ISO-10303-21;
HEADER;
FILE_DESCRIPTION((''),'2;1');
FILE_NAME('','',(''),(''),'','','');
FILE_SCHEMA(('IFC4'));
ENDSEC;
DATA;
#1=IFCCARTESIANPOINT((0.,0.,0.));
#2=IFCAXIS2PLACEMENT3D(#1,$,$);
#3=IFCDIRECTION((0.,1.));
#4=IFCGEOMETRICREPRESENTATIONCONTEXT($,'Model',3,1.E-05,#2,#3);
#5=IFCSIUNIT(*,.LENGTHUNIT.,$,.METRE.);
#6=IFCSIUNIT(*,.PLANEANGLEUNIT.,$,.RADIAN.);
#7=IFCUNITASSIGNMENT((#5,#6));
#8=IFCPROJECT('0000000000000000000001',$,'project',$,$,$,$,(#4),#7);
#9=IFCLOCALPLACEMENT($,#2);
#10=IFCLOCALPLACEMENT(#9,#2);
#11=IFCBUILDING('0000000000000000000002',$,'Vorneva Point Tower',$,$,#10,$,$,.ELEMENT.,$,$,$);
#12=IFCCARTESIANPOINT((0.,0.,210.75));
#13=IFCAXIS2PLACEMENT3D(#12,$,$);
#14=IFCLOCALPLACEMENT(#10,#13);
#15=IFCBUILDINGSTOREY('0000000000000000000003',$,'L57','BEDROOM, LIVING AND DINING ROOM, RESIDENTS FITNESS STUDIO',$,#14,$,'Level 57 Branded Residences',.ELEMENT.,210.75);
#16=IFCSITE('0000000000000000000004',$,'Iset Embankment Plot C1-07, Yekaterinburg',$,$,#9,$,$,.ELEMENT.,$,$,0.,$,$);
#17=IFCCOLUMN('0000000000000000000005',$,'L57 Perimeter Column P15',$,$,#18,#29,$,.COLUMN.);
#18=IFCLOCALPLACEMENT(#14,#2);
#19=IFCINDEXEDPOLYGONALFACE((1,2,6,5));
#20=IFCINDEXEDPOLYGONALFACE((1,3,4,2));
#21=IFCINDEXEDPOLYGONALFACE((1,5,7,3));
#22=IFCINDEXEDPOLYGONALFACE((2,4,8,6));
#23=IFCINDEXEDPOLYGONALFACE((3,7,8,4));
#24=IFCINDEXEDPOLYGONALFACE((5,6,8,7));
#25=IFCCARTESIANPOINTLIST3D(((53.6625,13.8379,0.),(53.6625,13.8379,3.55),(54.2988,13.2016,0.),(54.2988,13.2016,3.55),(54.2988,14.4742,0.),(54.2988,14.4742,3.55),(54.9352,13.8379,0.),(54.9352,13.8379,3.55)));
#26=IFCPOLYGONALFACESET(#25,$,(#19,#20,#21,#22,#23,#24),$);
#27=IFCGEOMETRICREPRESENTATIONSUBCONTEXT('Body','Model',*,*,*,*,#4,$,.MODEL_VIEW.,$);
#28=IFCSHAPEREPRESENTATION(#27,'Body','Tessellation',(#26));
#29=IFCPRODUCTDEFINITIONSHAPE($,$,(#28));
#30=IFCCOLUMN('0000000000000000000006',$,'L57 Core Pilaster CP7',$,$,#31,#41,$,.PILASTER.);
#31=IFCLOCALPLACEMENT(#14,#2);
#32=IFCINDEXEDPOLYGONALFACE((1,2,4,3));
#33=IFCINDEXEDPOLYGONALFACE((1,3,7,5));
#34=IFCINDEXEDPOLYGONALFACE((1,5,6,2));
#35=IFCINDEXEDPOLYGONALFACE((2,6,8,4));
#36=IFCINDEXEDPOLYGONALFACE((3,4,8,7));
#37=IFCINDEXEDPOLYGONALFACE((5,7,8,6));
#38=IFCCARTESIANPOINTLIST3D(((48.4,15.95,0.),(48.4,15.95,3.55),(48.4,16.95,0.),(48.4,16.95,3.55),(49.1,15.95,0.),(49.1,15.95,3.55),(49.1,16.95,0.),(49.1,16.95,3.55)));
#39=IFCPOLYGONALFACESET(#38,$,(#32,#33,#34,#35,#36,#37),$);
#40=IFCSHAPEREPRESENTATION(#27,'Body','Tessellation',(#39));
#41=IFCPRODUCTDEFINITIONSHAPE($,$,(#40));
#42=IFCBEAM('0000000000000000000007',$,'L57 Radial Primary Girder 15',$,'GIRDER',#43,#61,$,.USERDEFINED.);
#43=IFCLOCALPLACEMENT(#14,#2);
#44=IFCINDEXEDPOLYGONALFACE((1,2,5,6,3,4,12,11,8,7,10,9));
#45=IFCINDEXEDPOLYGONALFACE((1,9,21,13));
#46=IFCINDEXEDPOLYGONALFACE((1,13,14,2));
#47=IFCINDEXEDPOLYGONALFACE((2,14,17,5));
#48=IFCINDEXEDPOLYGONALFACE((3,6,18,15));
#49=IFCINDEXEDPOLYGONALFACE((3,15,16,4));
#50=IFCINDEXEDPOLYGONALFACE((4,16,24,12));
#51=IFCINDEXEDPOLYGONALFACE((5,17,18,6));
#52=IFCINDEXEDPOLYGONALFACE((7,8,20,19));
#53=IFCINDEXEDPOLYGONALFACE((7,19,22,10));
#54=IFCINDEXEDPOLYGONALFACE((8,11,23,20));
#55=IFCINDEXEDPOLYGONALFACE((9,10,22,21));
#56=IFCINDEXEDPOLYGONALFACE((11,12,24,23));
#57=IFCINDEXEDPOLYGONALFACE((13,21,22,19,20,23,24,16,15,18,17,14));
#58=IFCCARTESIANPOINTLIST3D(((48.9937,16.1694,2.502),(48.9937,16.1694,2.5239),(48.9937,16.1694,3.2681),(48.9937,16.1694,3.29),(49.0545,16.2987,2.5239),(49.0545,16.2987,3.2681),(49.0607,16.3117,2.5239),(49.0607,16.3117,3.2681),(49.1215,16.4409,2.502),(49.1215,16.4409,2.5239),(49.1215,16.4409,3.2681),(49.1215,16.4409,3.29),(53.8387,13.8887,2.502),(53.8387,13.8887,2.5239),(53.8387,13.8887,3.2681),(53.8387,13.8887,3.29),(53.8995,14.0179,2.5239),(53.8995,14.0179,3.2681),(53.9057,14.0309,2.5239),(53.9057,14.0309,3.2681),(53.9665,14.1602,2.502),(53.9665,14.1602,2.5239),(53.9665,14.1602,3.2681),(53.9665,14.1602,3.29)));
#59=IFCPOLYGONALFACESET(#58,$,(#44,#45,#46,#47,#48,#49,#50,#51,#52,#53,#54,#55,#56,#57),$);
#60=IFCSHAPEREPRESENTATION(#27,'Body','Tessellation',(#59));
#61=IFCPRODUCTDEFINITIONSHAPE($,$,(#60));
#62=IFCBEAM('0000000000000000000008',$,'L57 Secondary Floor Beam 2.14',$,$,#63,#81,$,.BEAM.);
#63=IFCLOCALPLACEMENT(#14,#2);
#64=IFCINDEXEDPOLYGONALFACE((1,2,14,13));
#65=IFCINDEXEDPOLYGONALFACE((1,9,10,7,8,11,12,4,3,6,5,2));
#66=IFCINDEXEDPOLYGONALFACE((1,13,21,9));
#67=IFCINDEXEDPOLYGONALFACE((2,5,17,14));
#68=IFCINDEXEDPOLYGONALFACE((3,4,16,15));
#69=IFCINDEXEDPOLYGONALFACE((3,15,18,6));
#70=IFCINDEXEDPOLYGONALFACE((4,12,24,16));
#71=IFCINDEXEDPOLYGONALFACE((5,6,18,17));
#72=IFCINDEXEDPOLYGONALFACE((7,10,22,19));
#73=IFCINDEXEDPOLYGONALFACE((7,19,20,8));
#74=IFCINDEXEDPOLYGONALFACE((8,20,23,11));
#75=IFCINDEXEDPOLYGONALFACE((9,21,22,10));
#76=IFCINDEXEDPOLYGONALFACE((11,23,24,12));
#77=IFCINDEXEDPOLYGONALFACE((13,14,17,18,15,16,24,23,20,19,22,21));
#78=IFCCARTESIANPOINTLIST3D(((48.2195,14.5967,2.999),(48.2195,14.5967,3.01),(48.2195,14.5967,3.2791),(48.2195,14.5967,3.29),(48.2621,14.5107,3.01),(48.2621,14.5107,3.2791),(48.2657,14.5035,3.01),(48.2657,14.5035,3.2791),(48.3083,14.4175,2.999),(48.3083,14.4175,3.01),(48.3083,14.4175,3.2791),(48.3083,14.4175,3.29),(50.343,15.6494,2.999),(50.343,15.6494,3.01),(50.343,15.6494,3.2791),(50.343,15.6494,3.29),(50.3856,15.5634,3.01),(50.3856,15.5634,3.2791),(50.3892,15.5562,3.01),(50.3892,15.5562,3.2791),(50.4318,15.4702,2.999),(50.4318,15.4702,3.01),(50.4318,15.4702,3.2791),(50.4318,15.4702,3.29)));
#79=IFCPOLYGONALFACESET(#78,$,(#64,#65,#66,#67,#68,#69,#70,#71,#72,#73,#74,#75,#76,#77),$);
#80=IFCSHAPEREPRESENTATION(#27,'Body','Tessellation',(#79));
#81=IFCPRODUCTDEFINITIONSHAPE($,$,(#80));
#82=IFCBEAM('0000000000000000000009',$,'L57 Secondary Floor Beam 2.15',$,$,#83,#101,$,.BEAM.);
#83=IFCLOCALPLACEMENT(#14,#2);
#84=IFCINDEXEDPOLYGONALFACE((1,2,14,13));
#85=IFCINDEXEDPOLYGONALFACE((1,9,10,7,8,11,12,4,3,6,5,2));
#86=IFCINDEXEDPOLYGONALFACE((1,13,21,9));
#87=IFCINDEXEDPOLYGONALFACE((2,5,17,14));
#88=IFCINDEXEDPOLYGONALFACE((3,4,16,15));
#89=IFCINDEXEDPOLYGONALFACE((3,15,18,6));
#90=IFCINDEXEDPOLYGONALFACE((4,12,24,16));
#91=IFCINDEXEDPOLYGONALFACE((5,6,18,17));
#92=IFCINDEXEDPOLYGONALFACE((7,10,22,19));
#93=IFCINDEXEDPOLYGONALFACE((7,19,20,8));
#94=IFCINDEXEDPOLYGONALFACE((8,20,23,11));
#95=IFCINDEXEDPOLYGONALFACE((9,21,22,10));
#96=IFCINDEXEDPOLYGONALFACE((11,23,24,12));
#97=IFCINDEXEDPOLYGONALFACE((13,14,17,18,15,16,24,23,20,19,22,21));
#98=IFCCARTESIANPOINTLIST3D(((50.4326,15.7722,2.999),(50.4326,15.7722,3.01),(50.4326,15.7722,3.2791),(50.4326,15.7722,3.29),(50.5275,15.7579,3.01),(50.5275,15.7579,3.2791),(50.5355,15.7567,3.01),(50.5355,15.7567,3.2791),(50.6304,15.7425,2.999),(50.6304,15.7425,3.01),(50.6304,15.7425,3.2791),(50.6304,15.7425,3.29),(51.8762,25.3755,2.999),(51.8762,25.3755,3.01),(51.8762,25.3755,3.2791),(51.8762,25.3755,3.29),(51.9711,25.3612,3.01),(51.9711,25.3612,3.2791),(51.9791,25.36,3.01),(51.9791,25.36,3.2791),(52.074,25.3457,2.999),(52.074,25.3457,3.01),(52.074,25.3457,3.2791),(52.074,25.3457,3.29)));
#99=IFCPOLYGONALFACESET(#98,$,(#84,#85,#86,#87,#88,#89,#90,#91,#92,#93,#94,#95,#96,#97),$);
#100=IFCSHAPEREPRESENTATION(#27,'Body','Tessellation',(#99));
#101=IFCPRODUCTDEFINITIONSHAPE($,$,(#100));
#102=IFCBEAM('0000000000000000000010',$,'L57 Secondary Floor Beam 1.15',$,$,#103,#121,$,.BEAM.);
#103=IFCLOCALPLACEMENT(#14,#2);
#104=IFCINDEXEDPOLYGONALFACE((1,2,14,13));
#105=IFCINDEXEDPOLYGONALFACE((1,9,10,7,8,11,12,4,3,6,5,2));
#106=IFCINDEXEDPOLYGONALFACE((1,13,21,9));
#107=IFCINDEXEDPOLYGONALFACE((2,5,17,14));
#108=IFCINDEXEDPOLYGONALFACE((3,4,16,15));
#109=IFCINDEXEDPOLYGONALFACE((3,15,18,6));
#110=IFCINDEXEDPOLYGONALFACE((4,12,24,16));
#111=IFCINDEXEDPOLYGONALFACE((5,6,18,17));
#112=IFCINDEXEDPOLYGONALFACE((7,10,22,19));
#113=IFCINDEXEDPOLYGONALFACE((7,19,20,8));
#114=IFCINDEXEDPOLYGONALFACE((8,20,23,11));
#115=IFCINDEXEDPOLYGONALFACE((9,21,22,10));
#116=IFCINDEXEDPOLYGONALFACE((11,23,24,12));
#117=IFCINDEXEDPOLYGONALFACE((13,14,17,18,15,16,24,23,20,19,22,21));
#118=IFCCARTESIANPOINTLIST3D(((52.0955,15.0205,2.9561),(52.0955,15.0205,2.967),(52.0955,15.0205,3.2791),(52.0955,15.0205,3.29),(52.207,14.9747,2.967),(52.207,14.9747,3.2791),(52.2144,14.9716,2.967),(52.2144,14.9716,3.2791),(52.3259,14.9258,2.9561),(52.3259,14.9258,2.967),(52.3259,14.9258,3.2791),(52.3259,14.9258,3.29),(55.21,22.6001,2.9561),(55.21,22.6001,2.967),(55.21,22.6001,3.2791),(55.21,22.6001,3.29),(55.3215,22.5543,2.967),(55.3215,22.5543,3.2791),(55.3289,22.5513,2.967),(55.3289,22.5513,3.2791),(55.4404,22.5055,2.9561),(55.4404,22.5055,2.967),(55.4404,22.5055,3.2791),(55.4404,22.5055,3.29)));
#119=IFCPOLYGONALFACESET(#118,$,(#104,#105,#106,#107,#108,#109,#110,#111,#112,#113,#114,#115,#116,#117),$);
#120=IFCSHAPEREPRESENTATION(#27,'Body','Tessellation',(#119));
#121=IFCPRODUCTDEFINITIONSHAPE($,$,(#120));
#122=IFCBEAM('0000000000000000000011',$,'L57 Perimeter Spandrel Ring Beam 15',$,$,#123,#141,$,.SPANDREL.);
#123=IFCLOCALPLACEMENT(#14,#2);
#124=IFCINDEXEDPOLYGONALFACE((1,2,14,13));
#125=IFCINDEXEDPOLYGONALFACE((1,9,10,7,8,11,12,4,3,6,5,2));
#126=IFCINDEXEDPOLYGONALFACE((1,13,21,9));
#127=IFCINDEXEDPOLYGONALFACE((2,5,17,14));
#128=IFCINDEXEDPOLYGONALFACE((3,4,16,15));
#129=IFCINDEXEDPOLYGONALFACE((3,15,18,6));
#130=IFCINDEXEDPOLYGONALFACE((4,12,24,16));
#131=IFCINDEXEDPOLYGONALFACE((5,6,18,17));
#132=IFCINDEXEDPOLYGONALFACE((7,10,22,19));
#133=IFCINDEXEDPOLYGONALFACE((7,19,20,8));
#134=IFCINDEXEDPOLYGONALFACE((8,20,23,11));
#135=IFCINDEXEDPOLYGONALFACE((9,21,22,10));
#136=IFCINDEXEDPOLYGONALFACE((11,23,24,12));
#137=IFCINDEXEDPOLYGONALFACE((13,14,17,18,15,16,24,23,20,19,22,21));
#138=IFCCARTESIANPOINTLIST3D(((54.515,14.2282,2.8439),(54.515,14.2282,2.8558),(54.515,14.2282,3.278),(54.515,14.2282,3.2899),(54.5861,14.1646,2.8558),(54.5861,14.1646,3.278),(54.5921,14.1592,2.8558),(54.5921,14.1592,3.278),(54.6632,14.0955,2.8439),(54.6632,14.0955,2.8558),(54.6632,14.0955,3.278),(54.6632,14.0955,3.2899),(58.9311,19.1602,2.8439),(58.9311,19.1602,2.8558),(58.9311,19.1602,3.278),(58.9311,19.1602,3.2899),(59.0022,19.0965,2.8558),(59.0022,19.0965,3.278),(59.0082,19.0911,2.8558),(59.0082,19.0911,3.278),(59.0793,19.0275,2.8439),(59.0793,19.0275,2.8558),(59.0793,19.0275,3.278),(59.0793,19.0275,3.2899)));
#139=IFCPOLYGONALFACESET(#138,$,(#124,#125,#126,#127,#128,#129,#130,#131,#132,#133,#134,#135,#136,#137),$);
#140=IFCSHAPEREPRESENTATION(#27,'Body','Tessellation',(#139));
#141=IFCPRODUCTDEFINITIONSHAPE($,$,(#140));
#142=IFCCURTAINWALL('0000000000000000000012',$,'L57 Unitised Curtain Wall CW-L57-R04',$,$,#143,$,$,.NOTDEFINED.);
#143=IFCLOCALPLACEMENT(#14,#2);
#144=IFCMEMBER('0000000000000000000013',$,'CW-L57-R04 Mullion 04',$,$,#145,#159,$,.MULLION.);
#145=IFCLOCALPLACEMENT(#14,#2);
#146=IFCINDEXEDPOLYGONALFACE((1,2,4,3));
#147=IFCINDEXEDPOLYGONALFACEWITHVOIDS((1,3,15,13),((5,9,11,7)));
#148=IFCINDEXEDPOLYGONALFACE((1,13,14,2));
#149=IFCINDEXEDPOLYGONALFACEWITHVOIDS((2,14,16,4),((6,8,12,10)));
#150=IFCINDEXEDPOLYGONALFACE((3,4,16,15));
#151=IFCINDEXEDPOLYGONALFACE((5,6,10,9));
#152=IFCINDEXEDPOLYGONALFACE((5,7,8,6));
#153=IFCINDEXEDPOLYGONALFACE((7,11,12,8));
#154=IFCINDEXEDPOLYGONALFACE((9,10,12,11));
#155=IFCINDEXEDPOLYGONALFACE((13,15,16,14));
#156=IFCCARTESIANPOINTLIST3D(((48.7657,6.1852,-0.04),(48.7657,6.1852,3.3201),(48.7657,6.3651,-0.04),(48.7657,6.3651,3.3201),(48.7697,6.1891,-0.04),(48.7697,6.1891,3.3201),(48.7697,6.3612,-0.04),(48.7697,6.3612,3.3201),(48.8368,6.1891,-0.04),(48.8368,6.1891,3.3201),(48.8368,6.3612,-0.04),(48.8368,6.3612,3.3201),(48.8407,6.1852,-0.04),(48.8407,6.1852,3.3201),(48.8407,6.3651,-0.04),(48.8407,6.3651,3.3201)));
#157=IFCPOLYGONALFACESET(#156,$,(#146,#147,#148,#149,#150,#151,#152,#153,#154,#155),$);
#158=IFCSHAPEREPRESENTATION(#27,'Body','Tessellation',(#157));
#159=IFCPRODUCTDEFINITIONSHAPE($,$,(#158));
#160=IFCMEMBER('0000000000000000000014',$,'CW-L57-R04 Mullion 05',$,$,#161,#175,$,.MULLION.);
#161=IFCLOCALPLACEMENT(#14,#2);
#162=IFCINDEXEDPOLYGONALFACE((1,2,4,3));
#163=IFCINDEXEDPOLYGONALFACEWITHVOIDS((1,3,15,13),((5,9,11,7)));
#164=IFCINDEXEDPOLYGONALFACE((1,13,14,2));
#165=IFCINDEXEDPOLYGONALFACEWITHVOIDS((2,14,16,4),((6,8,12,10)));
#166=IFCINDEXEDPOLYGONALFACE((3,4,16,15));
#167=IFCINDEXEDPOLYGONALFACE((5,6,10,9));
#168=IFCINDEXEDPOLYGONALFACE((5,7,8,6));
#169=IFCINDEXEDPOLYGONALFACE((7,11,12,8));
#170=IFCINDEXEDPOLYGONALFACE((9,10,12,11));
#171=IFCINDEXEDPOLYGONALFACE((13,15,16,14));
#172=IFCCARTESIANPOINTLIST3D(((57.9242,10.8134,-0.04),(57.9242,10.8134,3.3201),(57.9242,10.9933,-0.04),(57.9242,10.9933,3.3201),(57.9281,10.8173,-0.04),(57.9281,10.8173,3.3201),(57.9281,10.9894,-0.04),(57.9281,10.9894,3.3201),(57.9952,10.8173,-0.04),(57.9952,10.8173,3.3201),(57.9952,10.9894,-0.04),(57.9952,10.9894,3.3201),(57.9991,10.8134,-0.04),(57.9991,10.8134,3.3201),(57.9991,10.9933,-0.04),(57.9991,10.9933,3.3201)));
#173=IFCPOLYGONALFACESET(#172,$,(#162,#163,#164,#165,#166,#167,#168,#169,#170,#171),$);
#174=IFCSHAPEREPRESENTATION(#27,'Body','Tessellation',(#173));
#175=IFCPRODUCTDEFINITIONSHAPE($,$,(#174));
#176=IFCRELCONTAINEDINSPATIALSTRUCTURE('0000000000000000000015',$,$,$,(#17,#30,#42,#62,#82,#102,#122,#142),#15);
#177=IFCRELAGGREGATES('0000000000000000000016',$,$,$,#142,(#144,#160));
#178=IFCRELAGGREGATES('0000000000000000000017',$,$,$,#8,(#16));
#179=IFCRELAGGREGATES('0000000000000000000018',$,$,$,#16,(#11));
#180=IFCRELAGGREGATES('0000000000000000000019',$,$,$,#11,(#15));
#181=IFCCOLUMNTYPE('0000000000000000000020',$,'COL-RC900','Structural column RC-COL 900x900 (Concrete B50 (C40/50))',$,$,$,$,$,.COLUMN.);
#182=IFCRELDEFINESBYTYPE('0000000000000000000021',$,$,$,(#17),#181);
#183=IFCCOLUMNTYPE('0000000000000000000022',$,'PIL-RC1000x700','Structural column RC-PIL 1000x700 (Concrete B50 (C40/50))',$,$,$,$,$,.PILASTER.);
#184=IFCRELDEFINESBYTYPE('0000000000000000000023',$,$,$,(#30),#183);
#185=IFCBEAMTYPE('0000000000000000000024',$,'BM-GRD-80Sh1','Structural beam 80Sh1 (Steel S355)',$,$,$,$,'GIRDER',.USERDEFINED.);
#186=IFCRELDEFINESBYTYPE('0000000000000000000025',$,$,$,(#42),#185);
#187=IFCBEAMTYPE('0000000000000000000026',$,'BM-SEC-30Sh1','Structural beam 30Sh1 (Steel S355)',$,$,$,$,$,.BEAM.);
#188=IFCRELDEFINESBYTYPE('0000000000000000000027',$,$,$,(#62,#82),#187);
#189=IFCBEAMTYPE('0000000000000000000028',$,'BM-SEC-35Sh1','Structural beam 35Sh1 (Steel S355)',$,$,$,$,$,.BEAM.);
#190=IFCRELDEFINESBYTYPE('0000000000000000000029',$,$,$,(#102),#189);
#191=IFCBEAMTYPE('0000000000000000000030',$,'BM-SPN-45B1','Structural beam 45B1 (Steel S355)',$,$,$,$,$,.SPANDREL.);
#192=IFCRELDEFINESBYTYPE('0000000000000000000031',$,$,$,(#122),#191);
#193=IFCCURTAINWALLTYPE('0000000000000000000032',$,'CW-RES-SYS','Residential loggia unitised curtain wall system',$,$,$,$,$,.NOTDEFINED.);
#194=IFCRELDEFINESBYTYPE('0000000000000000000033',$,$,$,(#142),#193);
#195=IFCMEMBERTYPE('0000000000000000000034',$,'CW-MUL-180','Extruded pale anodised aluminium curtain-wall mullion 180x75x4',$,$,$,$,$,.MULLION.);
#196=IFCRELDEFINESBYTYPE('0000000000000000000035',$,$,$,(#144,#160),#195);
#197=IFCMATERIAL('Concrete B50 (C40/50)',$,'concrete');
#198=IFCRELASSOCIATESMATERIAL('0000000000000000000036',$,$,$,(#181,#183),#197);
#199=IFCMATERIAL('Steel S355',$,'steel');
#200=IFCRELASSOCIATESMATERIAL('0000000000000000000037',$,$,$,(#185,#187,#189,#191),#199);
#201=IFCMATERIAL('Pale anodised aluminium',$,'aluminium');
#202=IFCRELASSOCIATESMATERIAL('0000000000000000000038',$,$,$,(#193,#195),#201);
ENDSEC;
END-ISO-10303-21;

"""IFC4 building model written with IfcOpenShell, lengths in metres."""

from ifc_helpers import new_model, si_unit, direction, frame, origin, origin_2d, place, context, subcontext, project, spatial, rectangle, hollow_rectangle, i_section, extrude, material, material_profile, profile_set, type_object, element, aggregate, save


model = new_model("IFC4")

# Units and contexts
model_context = context("Model", 3, precision=1e-05, world=origin(), true_north=direction((0.0, 1.0)))
body_context = subcontext(model_context, "Body", "Model", "MODEL_VIEW")
ifc_project = project(units=[si_unit("LENGTHUNIT", "METRE"), si_unit("PLANEANGLEUNIT", "RADIAN")], contexts=[model_context])

# Site, building, storey
site_placement = place(None, origin())
site = spatial("IfcSite", under=ifc_project, at=site_placement, Name="Iset Embankment Plot C1-07, Yekaterinburg", CompositionType="ELEMENT", RefElevation=0.0)
building_placement = place(site_placement, origin())
building = spatial("IfcBuilding", under=site, at=building_placement, Name="Vorneva Point Tower", CompositionType="ELEMENT")
storey_placement = place(building_placement, frame((0.0, 0.0, 210.75)))
storey = spatial("IfcBuildingStorey", under=building, at=storey_placement, Name="L57", Description="BEDROOM, LIVING AND DINING ROOM, RESIDENTS FITNESS STUDIO", LongName="Level 57 Branded Residences", CompositionType="ELEMENT", Elevation=210.75)

# Columns
ifc_material_1 = material(Name="Concrete B50 (C40/50)", Category="concrete")
ifc_material_profile_1 = material_profile(ifc_material_1, rectangle(XDim=0.8999, YDim=0.8999, at=origin_2d()), Name="RC-COL 900x900")
ifc_profile_set_1 = profile_set([ifc_material_profile_1], Name="Concrete B50 (C40/50)")
column_type_1 = type_object("IfcColumnType", Name="COL-RC900", Description="Structural column RC-COL 900x900 (Concrete B50 (C40/50))", PredefinedType="COLUMN", material=ifc_profile_set_1)
column_1_placement = place(storey_placement, frame((54.2988, 13.8379, 0.0), z_axis=(0.0, 0.0, 1.0), x_axis=(0.707107, -0.707107, 0.0)))
element("IfcColumn", 1, at=column_1_placement, inside=storey, type_object=column_type_1, Name="L57 Perimeter Column P15", PredefinedType="COLUMN", context=body_context, shape_type="SweptSolid", body=[
    extrude(rectangle(XDim=0.8999, YDim=0.8999, at=origin_2d()), origin(), (0.0, 0.0, 1.0), 3.55),
])
ifc_material_profile_2 = material_profile(ifc_material_1, rectangle(XDim=0.7, YDim=1.0, at=origin_2d()), Name="RC-PIL 1000x700")
ifc_profile_set_2 = profile_set([ifc_material_profile_2], Name="Concrete B50 (C40/50)")
column_type_2 = type_object("IfcColumnType", Name="PIL-RC1000x700", Description="Structural column RC-PIL 1000x700 (Concrete B50 (C40/50))", PredefinedType="PILASTER", material=ifc_profile_set_2)
column_2_placement = place(storey_placement, frame((48.75, 16.45, 0.0), z_axis=(0.0, 0.0, 1.0), x_axis=(1.0, 0.0, 0.0)))
element("IfcColumn", 2, at=column_2_placement, inside=storey, type_object=column_type_2, Name="L57 Core Pilaster CP7", PredefinedType="PILASTER", context=body_context, shape_type="SweptSolid", body=[
    extrude(rectangle(XDim=0.7, YDim=1.0, at=origin_2d()), origin(), (0.0, 0.0, 1.0), 3.55),
])

# Beams
ifc_material_2 = material(Name="Steel S355", Category="steel")
ifc_material_profile_3 = material_profile(ifc_material_2, i_section(OverallWidth=0.3, OverallDepth=0.7881, WebThickness=0.0144, FlangeThickness=0.022, at=origin_2d()), Name="80Sh1")
ifc_profile_set_3 = profile_set([ifc_material_profile_3], Name="Steel S355")
beam_type_1 = type_object("IfcBeamType", Name="BM-GRD-80Sh1", Description="Structural beam 80Sh1 (Steel S355)", ElementType="GIRDER", PredefinedType="USERDEFINED", material=ifc_profile_set_3)
beam_1_placement = place(storey_placement, frame((53.9026, 14.0244, 2.896), z_axis=(-0.904763, 0.425916, 0.0), x_axis=(-0.425916, -0.904763, 0.0)))
element("IfcBeam", 3, at=beam_1_placement, inside=storey, type_object=beam_type_1, Name="L57 Radial Primary Girder 15", ObjectType="GIRDER", PredefinedType="USERDEFINED", context=body_context, shape_type="SweptSolid", body=[
    extrude(i_section(OverallWidth=0.3, OverallDepth=0.7881, WebThickness=0.0144, FlangeThickness=0.022, at=origin_2d()), origin(), (0.0, 0.0, 1.0), 5.355),
])
ifc_material_profile_4 = material_profile(ifc_material_2, i_section(OverallWidth=0.2, OverallDepth=0.291, WebThickness=0.0081, FlangeThickness=0.011, at=origin_2d()), Name="30Sh1")
ifc_profile_set_4 = profile_set([ifc_material_profile_4], Name="Steel S355")
beam_type_2 = type_object("IfcBeamType", Name="BM-SEC-30Sh1", Description="Structural beam 30Sh1 (Steel S355)", PredefinedType="BEAM", material=ifc_profile_set_4)
beam_2_placement = place(storey_placement, frame((48.2639, 14.5071, 3.1445), z_axis=(0.895946, 0.444162, 0.0), x_axis=(-0.444162, 0.895946, 0.0)))
element("IfcBeam", 4, at=beam_2_placement, inside=storey, type_object=beam_type_2, Name="L57 Secondary Floor Beam 2.14", PredefinedType="BEAM", context=body_context, shape_type="SweptSolid", body=[
    extrude(i_section(OverallWidth=0.2, OverallDepth=0.291, WebThickness=0.0081, FlangeThickness=0.011, at=origin_2d()), origin(), (0.0, 0.0, 1.0), 2.3701),
])
beam_3_placement = place(storey_placement, frame((50.5315, 15.7573, 3.1445), z_axis=(0.148654, 0.988889, 0.0), x_axis=(-0.988889, 0.148654, 0.0)))
element("IfcBeam", 5, at=beam_3_placement, inside=storey, type_object=beam_type_2, Name="L57 Secondary Floor Beam 2.15", PredefinedType="BEAM", context=body_context, shape_type="SweptSolid", body=[
    extrude(i_section(OverallWidth=0.2, OverallDepth=0.291, WebThickness=0.0081, FlangeThickness=0.011, at=origin_2d()), origin(), (0.0, 0.0, 1.0), 9.7112),
])
ifc_material_profile_5 = material_profile(ifc_material_2, i_section(OverallWidth=0.249, OverallDepth=0.334, WebThickness=0.0081, FlangeThickness=0.011, at=origin_2d()), Name="35Sh1")
ifc_profile_set_5 = profile_set([ifc_material_profile_5], Name="Steel S355")
beam_type_3 = type_object("IfcBeamType", Name="BM-SEC-35Sh1", Description="Structural beam 35Sh1 (Steel S355)", PredefinedType="BEAM", material=ifc_profile_set_5)
beam_4_placement = place(storey_placement, frame((52.2107, 14.9731, 3.123), z_axis=(0.380071, 0.924957, 0.0), x_axis=(-0.924957, 0.380071, 0.0)))
element("IfcBeam", 6, at=beam_4_placement, inside=storey, type_object=beam_type_3, Name="L57 Secondary Floor Beam 1.15", PredefinedType="BEAM", context=body_context, shape_type="SweptSolid", body=[
    extrude(i_section(OverallWidth=0.249, OverallDepth=0.334, WebThickness=0.0081, FlangeThickness=0.011, at=origin_2d()), origin(), (0.0, 0.0, 1.0), 8.1946),
])
ifc_material_profile_6 = material_profile(ifc_material_2, i_section(OverallWidth=0.199, OverallDepth=0.446, WebThickness=0.0081, FlangeThickness=0.012, at=origin_2d()), Name="45B1")
ifc_profile_set_6 = profile_set([ifc_material_profile_6], Name="Steel S355")
beam_type_4 = type_object("IfcBeamType", Name="BM-SPN-45B1", Description="Structural beam 45B1 (Steel S355)", PredefinedType="SPANDREL", material=ifc_profile_set_6)
beam_5_placement = place(storey_placement, frame((54.5891, 14.1619, 3.0669), z_axis=(0.66707, 0.744995, 0.0), x_axis=(-0.744995, 0.66707, 0.0)))
element("IfcBeam", 7, at=beam_5_placement, inside=storey, type_object=beam_type_4, Name="L57 Perimeter Spandrel Ring Beam 15", PredefinedType="SPANDREL", context=body_context, shape_type="SweptSolid", body=[
    extrude(i_section(OverallWidth=0.199, OverallDepth=0.446, WebThickness=0.0081, FlangeThickness=0.012, at=origin_2d()), origin(), (0.0, 0.0, 1.0), 6.6201),
])

# Curtain wall, members
ifc_material_3 = material(Name="Pale anodised aluminium", Category="aluminium")
curtain_wall_type = type_object("IfcCurtainWallType", Name="CW-RES-SYS", Description="Residential loggia unitised curtain wall system", PredefinedType="NOTDEFINED", material=ifc_material_3)
curtain_wall_placement = place(storey_placement, origin())
curtain_wall = element("IfcCurtainWall", 8, at=curtain_wall_placement, inside=storey, type_object=curtain_wall_type, Name="L57 Unitised Curtain Wall CW-L57-R04", PredefinedType="NOTDEFINED")
ifc_material_profile_7 = material_profile(ifc_material_3, hollow_rectangle(XDim=0.075, YDim=0.1799, WallThickness=0.0039, at=origin_2d()), Name="AL-MUL 180x75x4")
ifc_profile_set_7 = profile_set([ifc_material_profile_7], Name="Pale anodised aluminium")
member_type_1 = type_object("IfcMemberType", Name="CW-MUL-180", Description="Extruded pale anodised aluminium curtain-wall mullion 180x75x4", PredefinedType="MULLION", material=ifc_profile_set_7)
member_1_placement = place(storey_placement, frame((48.8032, 6.2751, -0.04), z_axis=(0.0, 0.0, 1.0), x_axis=(1.0, 0.0, 0.0)))
member_1 = element("IfcMember", 9, at=member_1_placement, type_object=member_type_1, Name="CW-L57-R04 Mullion 04", PredefinedType="MULLION", context=body_context, shape_type="SweptSolid", body=[
    extrude(hollow_rectangle(XDim=0.075, YDim=0.1799, WallThickness=0.0039, at=origin_2d()), origin(), (0.0, 0.0, 1.0), 3.3601),
])
member_2_placement = place(storey_placement, frame((57.9617, 10.9033, -0.04), z_axis=(0.0, 0.0, 1.0), x_axis=(1.0, 0.0, 0.0)))
member_2 = element("IfcMember", 10, at=member_2_placement, type_object=member_type_1, Name="CW-L57-R04 Mullion 05", PredefinedType="MULLION", context=body_context, shape_type="SweptSolid", body=[
    extrude(hollow_rectangle(XDim=0.075, YDim=0.1799, WallThickness=0.0039, at=origin_2d()), origin(), (0.0, 0.0, 1.0), 3.3601),
])
aggregate(curtain_wall, [member_1, member_2])

save(model, "model.ifc")
